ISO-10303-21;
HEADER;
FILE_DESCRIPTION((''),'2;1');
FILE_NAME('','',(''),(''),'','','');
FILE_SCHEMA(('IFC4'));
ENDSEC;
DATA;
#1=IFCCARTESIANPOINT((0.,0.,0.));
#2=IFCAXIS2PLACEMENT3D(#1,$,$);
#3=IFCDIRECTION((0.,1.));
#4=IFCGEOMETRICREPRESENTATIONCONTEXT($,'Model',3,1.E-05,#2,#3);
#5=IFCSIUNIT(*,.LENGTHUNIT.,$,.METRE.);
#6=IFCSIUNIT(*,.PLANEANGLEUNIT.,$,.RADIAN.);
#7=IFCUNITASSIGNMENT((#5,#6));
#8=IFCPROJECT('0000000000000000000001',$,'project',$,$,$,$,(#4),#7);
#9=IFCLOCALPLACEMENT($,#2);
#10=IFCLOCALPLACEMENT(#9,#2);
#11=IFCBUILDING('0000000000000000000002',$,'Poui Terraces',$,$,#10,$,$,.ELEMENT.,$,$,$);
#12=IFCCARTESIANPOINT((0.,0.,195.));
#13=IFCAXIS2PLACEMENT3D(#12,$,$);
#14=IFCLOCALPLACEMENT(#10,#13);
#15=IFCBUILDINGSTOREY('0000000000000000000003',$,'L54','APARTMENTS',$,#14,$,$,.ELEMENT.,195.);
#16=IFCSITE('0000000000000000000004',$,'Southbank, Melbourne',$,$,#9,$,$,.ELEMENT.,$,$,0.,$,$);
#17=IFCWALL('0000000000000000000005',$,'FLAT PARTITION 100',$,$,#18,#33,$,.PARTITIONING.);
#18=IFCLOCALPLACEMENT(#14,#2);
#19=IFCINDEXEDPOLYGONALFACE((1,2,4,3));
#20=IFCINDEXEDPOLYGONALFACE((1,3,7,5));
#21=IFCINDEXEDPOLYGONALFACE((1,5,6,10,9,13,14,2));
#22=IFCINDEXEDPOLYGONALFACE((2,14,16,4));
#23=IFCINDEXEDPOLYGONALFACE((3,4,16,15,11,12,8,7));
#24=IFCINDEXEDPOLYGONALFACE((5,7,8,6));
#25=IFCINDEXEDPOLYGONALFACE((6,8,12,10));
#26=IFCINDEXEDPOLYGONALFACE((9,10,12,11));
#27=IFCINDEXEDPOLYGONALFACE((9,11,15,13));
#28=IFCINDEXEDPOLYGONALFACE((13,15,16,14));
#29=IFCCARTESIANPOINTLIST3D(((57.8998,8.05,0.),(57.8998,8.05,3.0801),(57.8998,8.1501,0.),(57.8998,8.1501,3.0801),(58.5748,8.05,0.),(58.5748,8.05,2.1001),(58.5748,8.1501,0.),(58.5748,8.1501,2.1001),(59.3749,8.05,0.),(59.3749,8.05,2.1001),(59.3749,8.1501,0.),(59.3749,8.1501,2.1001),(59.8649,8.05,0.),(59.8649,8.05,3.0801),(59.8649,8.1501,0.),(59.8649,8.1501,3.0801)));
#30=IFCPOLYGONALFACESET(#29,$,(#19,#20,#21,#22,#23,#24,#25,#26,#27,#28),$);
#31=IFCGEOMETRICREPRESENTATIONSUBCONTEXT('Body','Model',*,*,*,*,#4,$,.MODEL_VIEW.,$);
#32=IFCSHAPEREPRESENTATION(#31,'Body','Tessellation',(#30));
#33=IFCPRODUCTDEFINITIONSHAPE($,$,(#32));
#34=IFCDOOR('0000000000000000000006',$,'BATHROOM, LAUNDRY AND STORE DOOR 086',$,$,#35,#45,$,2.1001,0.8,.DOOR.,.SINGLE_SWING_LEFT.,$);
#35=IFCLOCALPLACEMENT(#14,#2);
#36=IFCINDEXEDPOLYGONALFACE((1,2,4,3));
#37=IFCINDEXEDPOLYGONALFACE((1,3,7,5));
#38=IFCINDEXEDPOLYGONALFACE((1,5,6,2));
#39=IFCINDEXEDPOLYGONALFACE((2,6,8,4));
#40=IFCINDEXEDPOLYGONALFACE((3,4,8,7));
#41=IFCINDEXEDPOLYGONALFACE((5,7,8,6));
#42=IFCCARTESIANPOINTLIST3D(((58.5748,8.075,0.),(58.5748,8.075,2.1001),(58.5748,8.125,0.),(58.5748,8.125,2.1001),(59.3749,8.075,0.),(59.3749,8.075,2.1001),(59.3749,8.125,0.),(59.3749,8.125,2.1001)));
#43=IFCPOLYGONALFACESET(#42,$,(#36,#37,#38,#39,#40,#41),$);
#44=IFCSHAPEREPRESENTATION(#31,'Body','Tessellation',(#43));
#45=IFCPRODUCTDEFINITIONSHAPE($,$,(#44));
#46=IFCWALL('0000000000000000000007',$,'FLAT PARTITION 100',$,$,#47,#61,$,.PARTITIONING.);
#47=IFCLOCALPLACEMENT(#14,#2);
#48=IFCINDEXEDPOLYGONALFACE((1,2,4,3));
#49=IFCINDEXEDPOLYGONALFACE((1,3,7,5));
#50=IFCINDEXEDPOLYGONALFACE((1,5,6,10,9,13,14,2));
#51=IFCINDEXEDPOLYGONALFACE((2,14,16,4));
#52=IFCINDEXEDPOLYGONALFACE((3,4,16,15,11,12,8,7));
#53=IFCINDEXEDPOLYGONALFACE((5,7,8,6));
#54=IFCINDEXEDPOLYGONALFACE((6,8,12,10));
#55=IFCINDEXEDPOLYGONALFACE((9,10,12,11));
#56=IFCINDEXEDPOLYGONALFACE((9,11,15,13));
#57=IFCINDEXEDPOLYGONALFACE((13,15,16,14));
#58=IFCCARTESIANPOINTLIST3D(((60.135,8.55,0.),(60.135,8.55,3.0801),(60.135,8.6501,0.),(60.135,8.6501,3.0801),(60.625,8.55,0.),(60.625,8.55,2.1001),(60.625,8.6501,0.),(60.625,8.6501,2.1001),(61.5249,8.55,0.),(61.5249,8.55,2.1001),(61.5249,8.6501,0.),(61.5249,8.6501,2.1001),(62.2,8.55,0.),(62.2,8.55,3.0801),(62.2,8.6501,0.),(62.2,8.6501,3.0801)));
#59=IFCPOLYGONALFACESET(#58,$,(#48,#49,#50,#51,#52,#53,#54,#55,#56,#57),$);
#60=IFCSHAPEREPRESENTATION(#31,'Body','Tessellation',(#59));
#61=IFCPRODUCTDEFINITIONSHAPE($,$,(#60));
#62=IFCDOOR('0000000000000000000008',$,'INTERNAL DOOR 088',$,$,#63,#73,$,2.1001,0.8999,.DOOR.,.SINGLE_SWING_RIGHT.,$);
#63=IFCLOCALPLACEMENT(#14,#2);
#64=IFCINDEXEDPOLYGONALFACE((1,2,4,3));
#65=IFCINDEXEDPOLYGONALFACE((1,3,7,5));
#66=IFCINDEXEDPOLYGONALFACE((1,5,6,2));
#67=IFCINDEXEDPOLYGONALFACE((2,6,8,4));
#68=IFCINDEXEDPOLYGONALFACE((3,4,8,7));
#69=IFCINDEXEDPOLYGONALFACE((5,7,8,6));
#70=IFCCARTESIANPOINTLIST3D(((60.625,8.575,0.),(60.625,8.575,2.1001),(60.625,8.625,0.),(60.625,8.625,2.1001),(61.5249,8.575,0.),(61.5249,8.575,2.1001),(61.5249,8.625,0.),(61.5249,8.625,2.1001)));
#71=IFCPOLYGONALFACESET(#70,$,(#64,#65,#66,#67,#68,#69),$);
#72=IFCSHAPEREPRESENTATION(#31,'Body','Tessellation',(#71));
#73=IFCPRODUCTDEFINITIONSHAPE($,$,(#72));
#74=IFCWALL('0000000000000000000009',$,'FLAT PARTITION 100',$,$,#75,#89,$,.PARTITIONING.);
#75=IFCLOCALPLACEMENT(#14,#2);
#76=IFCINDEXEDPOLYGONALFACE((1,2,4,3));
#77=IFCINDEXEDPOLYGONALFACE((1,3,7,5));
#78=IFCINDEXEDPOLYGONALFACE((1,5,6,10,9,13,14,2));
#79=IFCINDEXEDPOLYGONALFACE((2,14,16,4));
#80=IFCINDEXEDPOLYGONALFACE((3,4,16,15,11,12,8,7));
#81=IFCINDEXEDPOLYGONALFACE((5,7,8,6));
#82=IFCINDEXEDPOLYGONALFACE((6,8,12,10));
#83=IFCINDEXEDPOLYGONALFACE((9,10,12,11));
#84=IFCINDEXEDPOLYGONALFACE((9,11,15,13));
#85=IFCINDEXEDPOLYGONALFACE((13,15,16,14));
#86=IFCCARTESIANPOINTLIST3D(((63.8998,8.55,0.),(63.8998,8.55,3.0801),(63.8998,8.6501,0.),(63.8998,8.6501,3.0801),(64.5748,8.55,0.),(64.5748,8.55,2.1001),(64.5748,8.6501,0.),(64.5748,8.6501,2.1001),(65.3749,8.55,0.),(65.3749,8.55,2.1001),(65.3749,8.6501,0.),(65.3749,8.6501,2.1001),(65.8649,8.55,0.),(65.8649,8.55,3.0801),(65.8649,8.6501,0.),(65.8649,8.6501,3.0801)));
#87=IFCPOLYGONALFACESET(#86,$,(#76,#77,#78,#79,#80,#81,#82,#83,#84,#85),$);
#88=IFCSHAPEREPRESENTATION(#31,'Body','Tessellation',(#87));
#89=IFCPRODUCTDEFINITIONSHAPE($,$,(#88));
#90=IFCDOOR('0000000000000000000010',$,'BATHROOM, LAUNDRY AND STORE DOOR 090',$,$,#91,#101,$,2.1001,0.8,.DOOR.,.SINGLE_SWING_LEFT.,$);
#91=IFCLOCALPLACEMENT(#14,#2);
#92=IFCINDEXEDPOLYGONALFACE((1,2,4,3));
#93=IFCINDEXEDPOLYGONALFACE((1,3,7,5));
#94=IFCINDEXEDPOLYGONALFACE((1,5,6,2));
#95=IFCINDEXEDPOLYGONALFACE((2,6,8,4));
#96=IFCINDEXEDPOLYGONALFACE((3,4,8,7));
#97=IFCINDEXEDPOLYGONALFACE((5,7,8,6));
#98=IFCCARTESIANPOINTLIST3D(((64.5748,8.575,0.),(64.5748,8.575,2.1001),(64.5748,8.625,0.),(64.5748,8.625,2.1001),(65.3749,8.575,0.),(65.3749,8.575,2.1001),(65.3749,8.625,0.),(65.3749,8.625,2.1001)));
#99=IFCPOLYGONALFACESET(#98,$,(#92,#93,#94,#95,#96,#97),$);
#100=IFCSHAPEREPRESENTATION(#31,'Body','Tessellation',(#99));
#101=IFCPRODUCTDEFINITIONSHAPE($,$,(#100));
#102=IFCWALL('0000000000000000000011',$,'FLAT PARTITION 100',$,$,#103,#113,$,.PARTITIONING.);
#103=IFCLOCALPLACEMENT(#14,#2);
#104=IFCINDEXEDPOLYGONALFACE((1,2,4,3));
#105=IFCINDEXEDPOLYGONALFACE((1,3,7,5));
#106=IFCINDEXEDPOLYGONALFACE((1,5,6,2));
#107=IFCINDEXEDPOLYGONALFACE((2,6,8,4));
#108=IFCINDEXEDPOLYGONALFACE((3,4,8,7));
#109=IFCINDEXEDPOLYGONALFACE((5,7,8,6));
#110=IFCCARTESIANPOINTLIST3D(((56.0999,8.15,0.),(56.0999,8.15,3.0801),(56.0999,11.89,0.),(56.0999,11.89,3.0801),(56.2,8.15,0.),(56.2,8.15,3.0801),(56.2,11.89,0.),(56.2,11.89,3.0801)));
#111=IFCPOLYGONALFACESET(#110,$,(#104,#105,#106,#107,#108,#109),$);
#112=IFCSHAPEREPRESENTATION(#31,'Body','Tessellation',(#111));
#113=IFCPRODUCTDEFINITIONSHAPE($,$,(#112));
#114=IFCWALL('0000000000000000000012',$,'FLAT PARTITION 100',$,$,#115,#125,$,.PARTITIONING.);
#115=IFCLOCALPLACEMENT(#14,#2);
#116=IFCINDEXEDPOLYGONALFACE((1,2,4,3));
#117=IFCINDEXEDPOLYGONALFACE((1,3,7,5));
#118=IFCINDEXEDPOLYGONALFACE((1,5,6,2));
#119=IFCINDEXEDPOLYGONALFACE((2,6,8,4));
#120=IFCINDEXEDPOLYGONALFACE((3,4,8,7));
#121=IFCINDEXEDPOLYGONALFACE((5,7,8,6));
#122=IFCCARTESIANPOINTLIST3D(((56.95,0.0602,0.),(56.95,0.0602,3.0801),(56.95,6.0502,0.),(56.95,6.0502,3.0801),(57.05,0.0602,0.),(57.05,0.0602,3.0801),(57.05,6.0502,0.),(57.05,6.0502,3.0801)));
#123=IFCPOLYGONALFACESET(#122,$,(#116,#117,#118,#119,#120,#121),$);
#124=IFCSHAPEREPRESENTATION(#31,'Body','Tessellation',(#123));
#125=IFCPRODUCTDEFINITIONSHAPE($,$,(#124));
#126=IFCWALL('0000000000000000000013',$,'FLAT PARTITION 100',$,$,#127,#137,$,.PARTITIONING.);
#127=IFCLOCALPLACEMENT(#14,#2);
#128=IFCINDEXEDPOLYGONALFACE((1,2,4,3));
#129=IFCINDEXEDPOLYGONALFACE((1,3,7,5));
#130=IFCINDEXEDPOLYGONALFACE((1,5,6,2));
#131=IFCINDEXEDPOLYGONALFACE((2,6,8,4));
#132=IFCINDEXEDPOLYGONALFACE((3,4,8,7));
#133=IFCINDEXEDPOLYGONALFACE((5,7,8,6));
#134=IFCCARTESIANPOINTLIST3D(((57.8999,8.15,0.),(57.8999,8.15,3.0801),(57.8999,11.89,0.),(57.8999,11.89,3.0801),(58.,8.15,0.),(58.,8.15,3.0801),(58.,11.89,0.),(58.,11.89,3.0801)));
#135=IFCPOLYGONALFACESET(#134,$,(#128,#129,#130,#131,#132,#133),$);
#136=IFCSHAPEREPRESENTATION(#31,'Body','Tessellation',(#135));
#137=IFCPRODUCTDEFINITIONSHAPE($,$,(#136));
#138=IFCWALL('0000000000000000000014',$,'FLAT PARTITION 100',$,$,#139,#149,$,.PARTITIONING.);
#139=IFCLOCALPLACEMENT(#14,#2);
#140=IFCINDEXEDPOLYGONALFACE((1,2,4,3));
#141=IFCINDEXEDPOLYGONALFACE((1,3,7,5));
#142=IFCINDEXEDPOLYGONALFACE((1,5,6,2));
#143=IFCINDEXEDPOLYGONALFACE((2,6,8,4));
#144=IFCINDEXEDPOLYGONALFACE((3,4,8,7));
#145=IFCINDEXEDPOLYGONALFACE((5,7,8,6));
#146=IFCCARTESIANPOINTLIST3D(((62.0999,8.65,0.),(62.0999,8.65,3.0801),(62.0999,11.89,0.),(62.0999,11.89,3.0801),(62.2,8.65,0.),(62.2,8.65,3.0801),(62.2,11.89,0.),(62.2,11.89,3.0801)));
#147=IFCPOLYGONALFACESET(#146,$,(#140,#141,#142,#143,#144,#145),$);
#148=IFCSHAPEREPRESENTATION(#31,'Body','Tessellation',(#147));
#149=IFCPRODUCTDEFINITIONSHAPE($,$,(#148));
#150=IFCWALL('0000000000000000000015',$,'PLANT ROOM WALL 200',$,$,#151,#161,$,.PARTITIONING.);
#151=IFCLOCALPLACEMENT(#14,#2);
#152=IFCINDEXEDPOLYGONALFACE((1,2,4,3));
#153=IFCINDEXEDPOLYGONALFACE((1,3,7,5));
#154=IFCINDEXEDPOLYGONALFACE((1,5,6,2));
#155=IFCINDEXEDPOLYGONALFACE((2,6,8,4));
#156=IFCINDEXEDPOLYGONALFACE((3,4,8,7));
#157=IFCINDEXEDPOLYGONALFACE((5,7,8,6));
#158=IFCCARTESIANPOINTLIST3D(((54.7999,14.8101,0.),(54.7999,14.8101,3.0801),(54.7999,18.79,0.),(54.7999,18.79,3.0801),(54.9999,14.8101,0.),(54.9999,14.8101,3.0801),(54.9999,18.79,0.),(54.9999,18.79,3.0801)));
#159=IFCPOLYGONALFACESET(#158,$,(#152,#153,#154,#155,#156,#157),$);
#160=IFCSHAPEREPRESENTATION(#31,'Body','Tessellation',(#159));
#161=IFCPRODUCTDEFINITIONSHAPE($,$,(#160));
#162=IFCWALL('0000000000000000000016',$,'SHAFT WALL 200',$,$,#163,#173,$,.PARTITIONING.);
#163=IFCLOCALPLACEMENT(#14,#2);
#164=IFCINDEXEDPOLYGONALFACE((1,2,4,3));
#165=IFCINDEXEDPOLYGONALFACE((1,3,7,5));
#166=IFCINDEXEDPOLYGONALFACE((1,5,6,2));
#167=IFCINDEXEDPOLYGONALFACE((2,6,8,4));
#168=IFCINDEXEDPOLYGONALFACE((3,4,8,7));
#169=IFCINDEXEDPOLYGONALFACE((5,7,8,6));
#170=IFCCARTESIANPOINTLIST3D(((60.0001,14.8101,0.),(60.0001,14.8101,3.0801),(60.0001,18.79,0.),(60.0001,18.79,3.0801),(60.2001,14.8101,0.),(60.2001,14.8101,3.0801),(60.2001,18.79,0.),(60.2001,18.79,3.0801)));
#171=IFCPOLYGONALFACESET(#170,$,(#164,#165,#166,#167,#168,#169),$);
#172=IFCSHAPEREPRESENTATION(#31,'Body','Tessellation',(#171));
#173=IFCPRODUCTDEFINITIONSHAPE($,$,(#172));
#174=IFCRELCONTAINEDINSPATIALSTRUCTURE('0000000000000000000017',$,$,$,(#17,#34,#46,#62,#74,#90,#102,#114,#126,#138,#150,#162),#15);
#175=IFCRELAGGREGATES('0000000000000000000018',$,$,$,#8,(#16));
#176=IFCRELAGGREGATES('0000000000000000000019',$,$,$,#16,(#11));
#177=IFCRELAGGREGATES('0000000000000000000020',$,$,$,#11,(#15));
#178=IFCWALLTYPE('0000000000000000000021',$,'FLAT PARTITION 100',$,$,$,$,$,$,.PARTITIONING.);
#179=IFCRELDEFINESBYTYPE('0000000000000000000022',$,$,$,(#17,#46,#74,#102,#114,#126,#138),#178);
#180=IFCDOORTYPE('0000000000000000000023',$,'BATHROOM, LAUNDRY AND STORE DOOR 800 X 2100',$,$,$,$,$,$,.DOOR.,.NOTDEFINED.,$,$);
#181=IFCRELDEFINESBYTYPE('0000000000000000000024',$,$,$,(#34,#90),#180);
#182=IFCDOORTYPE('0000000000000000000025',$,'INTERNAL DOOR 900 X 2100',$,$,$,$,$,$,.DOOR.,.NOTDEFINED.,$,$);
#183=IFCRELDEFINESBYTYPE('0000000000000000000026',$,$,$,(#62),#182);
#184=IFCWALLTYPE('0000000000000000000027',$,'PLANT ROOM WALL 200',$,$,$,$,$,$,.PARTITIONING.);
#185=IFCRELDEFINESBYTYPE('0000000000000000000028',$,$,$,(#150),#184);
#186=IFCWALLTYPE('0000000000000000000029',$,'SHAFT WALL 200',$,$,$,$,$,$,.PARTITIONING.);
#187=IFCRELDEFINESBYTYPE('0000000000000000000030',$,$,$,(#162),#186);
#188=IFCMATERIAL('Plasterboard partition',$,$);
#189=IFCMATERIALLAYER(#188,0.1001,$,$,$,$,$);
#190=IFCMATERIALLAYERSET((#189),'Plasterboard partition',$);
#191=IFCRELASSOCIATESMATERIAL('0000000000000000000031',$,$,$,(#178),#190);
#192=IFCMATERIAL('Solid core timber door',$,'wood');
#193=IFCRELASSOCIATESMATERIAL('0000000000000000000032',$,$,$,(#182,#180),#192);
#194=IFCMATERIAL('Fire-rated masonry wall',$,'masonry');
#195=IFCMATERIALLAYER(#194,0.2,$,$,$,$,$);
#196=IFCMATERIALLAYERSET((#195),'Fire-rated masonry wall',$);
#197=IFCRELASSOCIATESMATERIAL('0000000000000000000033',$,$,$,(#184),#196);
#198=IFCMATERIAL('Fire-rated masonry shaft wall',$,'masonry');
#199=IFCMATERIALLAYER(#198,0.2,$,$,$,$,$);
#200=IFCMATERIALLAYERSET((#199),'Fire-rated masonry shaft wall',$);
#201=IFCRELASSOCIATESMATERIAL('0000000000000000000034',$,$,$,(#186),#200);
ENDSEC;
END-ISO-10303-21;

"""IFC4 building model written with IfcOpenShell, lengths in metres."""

from ifc_helpers import new_model, si_unit, direction, frame, frame_2d, origin, place, context, subcontext, project, spatial, rectangle, extrude, material, layer, layer_set, type_object, element, fill, save


model = new_model("IFC4")

# Units and contexts
model_context = context("Model", 3, precision=1e-05, world=origin(), true_north=direction((0.0, 1.0)))
body_context = subcontext(model_context, "Body", "Model", "MODEL_VIEW")
ifc_project = project(units=[si_unit("LENGTHUNIT", "METRE"), si_unit("PLANEANGLEUNIT", "RADIAN")], contexts=[model_context])

# Site, building, storey
site_placement = place(None, origin())
site = spatial("IfcSite", under=ifc_project, at=site_placement, Name="Southbank, Melbourne", CompositionType="ELEMENT", RefElevation=0.0)
building_placement = place(site_placement, origin())
building = spatial("IfcBuilding", under=site, at=building_placement, Name="Poui Terraces", CompositionType="ELEMENT")
storey_placement = place(building_placement, frame((0.0, 0.0, 195.0)))
storey = spatial("IfcBuildingStorey", under=building, at=storey_placement, Name="L54", Description="APARTMENTS", CompositionType="ELEMENT", Elevation=195.0)

# Walls, openings, doors
ifc_material_1 = material(Name="Plasterboard partition")
ifc_layer_1 = layer(ifc_material_1, 0.1001)
ifc_layer_set_1 = layer_set([ifc_layer_1], Name="Plasterboard partition")
wall_type_1 = type_object("IfcWallType", Name="FLAT PARTITION 100", PredefinedType="PARTITIONING", material=ifc_layer_set_1)
ifc_material_2 = material(Name="Solid core timber door", Category="wood")
door_type_1 = type_object("IfcDoorType", Name="INTERNAL DOOR 900 X 2100", OperationType="NOTDEFINED", PredefinedType="DOOR", material=ifc_material_2)
wall_1_placement = place(storey_placement, frame((57.8999, 8.1001, 0.0), z_axis=(0.0, 0.0, 1.0), x_axis=(1.0, 0.0, 0.0)))
wall_1 = element("IfcWall", 1, at=wall_1_placement, inside=storey, type_object=wall_type_1, Name="FLAT PARTITION 100", PredefinedType="PARTITIONING", context=body_context, shape_type="SweptSolid", body=[
    extrude(rectangle(XDim=1.9651, YDim=0.1001, at=frame_2d((0.9824, 0.0))), origin(), (0.0, 0.0, 1.0), 3.0801),
])
opening_1_placement = place(wall_1_placement, frame((0.675, 0.0, 0.0)))
opening_1 = element("IfcOpeningElement", 2, at=opening_1_placement, cuts=wall_1, PredefinedType="OPENING", context=body_context, shape_type="SweptSolid", body=[
    extrude(rectangle(XDim=0.8, YDim=2.1001, at=frame_2d((0.3999, 1.05))), frame((0.0, 0.0601, 0.0), z_axis=(0.0, -1.0, 0.0), x_axis=(1.0, 0.0, 0.0)), (0.0, 0.0, 1.0), 0.1201),
])
door_type_2 = type_object("IfcDoorType", Name="BATHROOM, LAUNDRY AND STORE DOOR 800 X 2100", OperationType="NOTDEFINED", PredefinedType="DOOR", material=ifc_material_2)
door_1_placement = place(opening_1_placement, origin())
door_1 = element("IfcDoor", 3, at=door_1_placement, inside=storey, type_object=door_type_2, Name="BATHROOM, LAUNDRY AND STORE DOOR 086", OperationType="SINGLE_SWING_LEFT", OverallHeight=2.1001, OverallWidth=0.8, PredefinedType="DOOR", context=body_context, shape_type="SweptSolid", body=[
    extrude(rectangle(XDim=0.8, YDim=2.1001, at=frame_2d((0.3999, 1.05))), frame((0.0, 0.0249, 0.0), z_axis=(0.0, -1.0, 0.0), x_axis=(1.0, 0.0, 0.0)), (0.0, 0.0, 1.0), 0.05),
])
fill(opening_1, door_1)
wall_2_placement = place(storey_placement, frame((60.135, 8.6001, 0.0), z_axis=(0.0, 0.0, 1.0), x_axis=(1.0, 0.0, 0.0)))
wall_2 = element("IfcWall", 4, at=wall_2_placement, inside=storey, type_object=wall_type_1, Name="FLAT PARTITION 100", PredefinedType="PARTITIONING", context=body_context, shape_type="SweptSolid", body=[
    extrude(rectangle(XDim=2.0649, YDim=0.1001, at=frame_2d((1.0325, 0.0))), origin(), (0.0, 0.0, 1.0), 3.0801),
])
opening_2_placement = place(wall_2_placement, frame((0.49, 0.0, 0.0)))
opening_2 = element("IfcOpeningElement", 5, at=opening_2_placement, cuts=wall_2, PredefinedType="OPENING", context=body_context, shape_type="SweptSolid", body=[
    extrude(rectangle(XDim=0.8999, YDim=2.1001, at=frame_2d((0.45, 1.05))), frame((0.0, 0.0601, 0.0), z_axis=(0.0, -1.0, 0.0), x_axis=(1.0, 0.0, 0.0)), (0.0, 0.0, 1.0), 0.1201),
])
door_2_placement = place(opening_2_placement, origin())
door_2 = element("IfcDoor", 6, at=door_2_placement, inside=storey, type_object=door_type_1, Name="INTERNAL DOOR 088", OperationType="SINGLE_SWING_RIGHT", OverallHeight=2.1001, OverallWidth=0.8999, PredefinedType="DOOR", context=body_context, shape_type="SweptSolid", body=[
    extrude(rectangle(XDim=0.8999, YDim=2.1001, at=frame_2d((0.45, 1.05))), frame((0.0, 0.0249, 0.0), z_axis=(0.0, -1.0, 0.0), x_axis=(1.0, 0.0, 0.0)), (0.0, 0.0, 1.0), 0.05),
])
fill(opening_2, door_2)
wall_3_placement = place(storey_placement, frame((63.8999, 8.6001, 0.0), z_axis=(0.0, 0.0, 1.0), x_axis=(1.0, 0.0, 0.0)))
wall_3 = element("IfcWall", 7, at=wall_3_placement, inside=storey, type_object=wall_type_1, Name="FLAT PARTITION 100", PredefinedType="PARTITIONING", context=body_context, shape_type="SweptSolid", body=[
    extrude(rectangle(XDim=1.9651, YDim=0.1001, at=frame_2d((0.9824, 0.0))), origin(), (0.0, 0.0, 1.0), 3.0801),
])
opening_3_placement = place(wall_3_placement, frame((0.675, 0.0, 0.0)))
opening_3 = element("IfcOpeningElement", 8, at=opening_3_placement, cuts=wall_3, PredefinedType="OPENING", context=body_context, shape_type="SweptSolid", body=[
    extrude(rectangle(XDim=0.8, YDim=2.1001, at=frame_2d((0.3999, 1.05))), frame((0.0, 0.0601, 0.0), z_axis=(0.0, -1.0, 0.0), x_axis=(1.0, 0.0, 0.0)), (0.0, 0.0, 1.0), 0.1201),
])
door_3_placement = place(opening_3_placement, origin())
door_3 = element("IfcDoor", 9, at=door_3_placement, inside=storey, type_object=door_type_2, Name="BATHROOM, LAUNDRY AND STORE DOOR 090", OperationType="SINGLE_SWING_LEFT", OverallHeight=2.1001, OverallWidth=0.8, PredefinedType="DOOR", context=body_context, shape_type="SweptSolid", body=[
    extrude(rectangle(XDim=0.8, YDim=2.1001, at=frame_2d((0.3999, 1.05))), frame((0.0, 0.0249, 0.0), z_axis=(0.0, -1.0, 0.0), x_axis=(1.0, 0.0, 0.0)), (0.0, 0.0, 1.0), 0.05),
])
fill(opening_3, door_3)

# Walls
wall_4_placement = place(storey_placement, frame((56.1499, 8.1499, 0.0), z_axis=(0.0, 0.0, 1.0), x_axis=(0.0, 1.0, 0.0)))
element("IfcWall", 10, at=wall_4_placement, inside=storey, type_object=wall_type_1, Name="FLAT PARTITION 100", PredefinedType="PARTITIONING", context=body_context, shape_type="SweptSolid", body=[
    extrude(rectangle(XDim=3.74, YDim=0.1001, at=frame_2d((1.8701, 0.0))), origin(), (0.0, 0.0, 1.0), 3.0801),
])
wall_5_placement = place(storey_placement, frame((57.0, 0.0601, 0.0), z_axis=(0.0, 0.0, 1.0), x_axis=(0.0, 1.0, 0.0)))
element("IfcWall", 11, at=wall_5_placement, inside=storey, type_object=wall_type_1, Name="FLAT PARTITION 100", PredefinedType="PARTITIONING", context=body_context, shape_type="SweptSolid", body=[
    extrude(rectangle(XDim=5.99, YDim=0.1001, at=frame_2d((2.9951, 0.0))), origin(), (0.0, 0.0, 1.0), 3.0801),
])
wall_6_placement = place(storey_placement, frame((57.95, 8.1499, 0.0), z_axis=(0.0, 0.0, 1.0), x_axis=(0.0, 1.0, 0.0)))
element("IfcWall", 12, at=wall_6_placement, inside=storey, type_object=wall_type_1, Name="FLAT PARTITION 100", PredefinedType="PARTITIONING", context=body_context, shape_type="SweptSolid", body=[
    extrude(rectangle(XDim=3.74, YDim=0.1001, at=frame_2d((1.8701, 0.0))), origin(), (0.0, 0.0, 1.0), 3.0801),
])
wall_7_placement = place(storey_placement, frame((62.1499, 8.6499, 0.0), z_axis=(0.0, 0.0, 1.0), x_axis=(0.0, 1.0, 0.0)))
element("IfcWall", 13, at=wall_7_placement, inside=storey, type_object=wall_type_1, Name="FLAT PARTITION 100", PredefinedType="PARTITIONING", context=body_context, shape_type="SweptSolid", body=[
    extrude(rectangle(XDim=3.24, YDim=0.1001, at=frame_2d((1.6201, 0.0))), origin(), (0.0, 0.0, 1.0), 3.0801),
])
ifc_material_3 = material(Name="Fire-rated masonry wall", Category="masonry")
ifc_layer_2 = layer(ifc_material_3, 0.2)
ifc_layer_set_2 = layer_set([ifc_layer_2], Name="Fire-rated masonry wall")
wall_type_2 = type_object("IfcWallType", Name="PLANT ROOM WALL 200", PredefinedType="PARTITIONING", material=ifc_layer_set_2)
wall_8_placement = place(storey_placement, frame((54.8999, 14.8101, 0.0), z_axis=(0.0, 0.0, 1.0), x_axis=(0.0, 1.0, 0.0)))
element("IfcWall", 14, at=wall_8_placement, inside=storey, type_object=wall_type_2, Name="PLANT ROOM WALL 200", PredefinedType="PARTITIONING", context=body_context, shape_type="SweptSolid", body=[
    extrude(rectangle(XDim=3.98, YDim=0.2, at=frame_2d((1.99, 0.0))), origin(), (0.0, 0.0, 1.0), 3.0801),
])
ifc_material_4 = material(Name="Fire-rated masonry shaft wall", Category="masonry")
ifc_layer_3 = layer(ifc_material_4, 0.2)
ifc_layer_set_3 = layer_set([ifc_layer_3], Name="Fire-rated masonry shaft wall")
wall_type_3 = type_object("IfcWallType", Name="SHAFT WALL 200", PredefinedType="PARTITIONING", material=ifc_layer_set_3)
wall_9_placement = place(storey_placement, frame((60.1001, 14.8101, 0.0), z_axis=(0.0, 0.0, 1.0), x_axis=(0.0, 1.0, 0.0)))
element("IfcWall", 15, at=wall_9_placement, inside=storey, type_object=wall_type_3, Name="SHAFT WALL 200", PredefinedType="PARTITIONING", context=body_context, shape_type="SweptSolid", body=[
    extrude(rectangle(XDim=3.98, YDim=0.2, at=frame_2d((1.99, 0.0))), origin(), (0.0, 0.0, 1.0), 3.0801),
])

save(model, "model.ifc")
